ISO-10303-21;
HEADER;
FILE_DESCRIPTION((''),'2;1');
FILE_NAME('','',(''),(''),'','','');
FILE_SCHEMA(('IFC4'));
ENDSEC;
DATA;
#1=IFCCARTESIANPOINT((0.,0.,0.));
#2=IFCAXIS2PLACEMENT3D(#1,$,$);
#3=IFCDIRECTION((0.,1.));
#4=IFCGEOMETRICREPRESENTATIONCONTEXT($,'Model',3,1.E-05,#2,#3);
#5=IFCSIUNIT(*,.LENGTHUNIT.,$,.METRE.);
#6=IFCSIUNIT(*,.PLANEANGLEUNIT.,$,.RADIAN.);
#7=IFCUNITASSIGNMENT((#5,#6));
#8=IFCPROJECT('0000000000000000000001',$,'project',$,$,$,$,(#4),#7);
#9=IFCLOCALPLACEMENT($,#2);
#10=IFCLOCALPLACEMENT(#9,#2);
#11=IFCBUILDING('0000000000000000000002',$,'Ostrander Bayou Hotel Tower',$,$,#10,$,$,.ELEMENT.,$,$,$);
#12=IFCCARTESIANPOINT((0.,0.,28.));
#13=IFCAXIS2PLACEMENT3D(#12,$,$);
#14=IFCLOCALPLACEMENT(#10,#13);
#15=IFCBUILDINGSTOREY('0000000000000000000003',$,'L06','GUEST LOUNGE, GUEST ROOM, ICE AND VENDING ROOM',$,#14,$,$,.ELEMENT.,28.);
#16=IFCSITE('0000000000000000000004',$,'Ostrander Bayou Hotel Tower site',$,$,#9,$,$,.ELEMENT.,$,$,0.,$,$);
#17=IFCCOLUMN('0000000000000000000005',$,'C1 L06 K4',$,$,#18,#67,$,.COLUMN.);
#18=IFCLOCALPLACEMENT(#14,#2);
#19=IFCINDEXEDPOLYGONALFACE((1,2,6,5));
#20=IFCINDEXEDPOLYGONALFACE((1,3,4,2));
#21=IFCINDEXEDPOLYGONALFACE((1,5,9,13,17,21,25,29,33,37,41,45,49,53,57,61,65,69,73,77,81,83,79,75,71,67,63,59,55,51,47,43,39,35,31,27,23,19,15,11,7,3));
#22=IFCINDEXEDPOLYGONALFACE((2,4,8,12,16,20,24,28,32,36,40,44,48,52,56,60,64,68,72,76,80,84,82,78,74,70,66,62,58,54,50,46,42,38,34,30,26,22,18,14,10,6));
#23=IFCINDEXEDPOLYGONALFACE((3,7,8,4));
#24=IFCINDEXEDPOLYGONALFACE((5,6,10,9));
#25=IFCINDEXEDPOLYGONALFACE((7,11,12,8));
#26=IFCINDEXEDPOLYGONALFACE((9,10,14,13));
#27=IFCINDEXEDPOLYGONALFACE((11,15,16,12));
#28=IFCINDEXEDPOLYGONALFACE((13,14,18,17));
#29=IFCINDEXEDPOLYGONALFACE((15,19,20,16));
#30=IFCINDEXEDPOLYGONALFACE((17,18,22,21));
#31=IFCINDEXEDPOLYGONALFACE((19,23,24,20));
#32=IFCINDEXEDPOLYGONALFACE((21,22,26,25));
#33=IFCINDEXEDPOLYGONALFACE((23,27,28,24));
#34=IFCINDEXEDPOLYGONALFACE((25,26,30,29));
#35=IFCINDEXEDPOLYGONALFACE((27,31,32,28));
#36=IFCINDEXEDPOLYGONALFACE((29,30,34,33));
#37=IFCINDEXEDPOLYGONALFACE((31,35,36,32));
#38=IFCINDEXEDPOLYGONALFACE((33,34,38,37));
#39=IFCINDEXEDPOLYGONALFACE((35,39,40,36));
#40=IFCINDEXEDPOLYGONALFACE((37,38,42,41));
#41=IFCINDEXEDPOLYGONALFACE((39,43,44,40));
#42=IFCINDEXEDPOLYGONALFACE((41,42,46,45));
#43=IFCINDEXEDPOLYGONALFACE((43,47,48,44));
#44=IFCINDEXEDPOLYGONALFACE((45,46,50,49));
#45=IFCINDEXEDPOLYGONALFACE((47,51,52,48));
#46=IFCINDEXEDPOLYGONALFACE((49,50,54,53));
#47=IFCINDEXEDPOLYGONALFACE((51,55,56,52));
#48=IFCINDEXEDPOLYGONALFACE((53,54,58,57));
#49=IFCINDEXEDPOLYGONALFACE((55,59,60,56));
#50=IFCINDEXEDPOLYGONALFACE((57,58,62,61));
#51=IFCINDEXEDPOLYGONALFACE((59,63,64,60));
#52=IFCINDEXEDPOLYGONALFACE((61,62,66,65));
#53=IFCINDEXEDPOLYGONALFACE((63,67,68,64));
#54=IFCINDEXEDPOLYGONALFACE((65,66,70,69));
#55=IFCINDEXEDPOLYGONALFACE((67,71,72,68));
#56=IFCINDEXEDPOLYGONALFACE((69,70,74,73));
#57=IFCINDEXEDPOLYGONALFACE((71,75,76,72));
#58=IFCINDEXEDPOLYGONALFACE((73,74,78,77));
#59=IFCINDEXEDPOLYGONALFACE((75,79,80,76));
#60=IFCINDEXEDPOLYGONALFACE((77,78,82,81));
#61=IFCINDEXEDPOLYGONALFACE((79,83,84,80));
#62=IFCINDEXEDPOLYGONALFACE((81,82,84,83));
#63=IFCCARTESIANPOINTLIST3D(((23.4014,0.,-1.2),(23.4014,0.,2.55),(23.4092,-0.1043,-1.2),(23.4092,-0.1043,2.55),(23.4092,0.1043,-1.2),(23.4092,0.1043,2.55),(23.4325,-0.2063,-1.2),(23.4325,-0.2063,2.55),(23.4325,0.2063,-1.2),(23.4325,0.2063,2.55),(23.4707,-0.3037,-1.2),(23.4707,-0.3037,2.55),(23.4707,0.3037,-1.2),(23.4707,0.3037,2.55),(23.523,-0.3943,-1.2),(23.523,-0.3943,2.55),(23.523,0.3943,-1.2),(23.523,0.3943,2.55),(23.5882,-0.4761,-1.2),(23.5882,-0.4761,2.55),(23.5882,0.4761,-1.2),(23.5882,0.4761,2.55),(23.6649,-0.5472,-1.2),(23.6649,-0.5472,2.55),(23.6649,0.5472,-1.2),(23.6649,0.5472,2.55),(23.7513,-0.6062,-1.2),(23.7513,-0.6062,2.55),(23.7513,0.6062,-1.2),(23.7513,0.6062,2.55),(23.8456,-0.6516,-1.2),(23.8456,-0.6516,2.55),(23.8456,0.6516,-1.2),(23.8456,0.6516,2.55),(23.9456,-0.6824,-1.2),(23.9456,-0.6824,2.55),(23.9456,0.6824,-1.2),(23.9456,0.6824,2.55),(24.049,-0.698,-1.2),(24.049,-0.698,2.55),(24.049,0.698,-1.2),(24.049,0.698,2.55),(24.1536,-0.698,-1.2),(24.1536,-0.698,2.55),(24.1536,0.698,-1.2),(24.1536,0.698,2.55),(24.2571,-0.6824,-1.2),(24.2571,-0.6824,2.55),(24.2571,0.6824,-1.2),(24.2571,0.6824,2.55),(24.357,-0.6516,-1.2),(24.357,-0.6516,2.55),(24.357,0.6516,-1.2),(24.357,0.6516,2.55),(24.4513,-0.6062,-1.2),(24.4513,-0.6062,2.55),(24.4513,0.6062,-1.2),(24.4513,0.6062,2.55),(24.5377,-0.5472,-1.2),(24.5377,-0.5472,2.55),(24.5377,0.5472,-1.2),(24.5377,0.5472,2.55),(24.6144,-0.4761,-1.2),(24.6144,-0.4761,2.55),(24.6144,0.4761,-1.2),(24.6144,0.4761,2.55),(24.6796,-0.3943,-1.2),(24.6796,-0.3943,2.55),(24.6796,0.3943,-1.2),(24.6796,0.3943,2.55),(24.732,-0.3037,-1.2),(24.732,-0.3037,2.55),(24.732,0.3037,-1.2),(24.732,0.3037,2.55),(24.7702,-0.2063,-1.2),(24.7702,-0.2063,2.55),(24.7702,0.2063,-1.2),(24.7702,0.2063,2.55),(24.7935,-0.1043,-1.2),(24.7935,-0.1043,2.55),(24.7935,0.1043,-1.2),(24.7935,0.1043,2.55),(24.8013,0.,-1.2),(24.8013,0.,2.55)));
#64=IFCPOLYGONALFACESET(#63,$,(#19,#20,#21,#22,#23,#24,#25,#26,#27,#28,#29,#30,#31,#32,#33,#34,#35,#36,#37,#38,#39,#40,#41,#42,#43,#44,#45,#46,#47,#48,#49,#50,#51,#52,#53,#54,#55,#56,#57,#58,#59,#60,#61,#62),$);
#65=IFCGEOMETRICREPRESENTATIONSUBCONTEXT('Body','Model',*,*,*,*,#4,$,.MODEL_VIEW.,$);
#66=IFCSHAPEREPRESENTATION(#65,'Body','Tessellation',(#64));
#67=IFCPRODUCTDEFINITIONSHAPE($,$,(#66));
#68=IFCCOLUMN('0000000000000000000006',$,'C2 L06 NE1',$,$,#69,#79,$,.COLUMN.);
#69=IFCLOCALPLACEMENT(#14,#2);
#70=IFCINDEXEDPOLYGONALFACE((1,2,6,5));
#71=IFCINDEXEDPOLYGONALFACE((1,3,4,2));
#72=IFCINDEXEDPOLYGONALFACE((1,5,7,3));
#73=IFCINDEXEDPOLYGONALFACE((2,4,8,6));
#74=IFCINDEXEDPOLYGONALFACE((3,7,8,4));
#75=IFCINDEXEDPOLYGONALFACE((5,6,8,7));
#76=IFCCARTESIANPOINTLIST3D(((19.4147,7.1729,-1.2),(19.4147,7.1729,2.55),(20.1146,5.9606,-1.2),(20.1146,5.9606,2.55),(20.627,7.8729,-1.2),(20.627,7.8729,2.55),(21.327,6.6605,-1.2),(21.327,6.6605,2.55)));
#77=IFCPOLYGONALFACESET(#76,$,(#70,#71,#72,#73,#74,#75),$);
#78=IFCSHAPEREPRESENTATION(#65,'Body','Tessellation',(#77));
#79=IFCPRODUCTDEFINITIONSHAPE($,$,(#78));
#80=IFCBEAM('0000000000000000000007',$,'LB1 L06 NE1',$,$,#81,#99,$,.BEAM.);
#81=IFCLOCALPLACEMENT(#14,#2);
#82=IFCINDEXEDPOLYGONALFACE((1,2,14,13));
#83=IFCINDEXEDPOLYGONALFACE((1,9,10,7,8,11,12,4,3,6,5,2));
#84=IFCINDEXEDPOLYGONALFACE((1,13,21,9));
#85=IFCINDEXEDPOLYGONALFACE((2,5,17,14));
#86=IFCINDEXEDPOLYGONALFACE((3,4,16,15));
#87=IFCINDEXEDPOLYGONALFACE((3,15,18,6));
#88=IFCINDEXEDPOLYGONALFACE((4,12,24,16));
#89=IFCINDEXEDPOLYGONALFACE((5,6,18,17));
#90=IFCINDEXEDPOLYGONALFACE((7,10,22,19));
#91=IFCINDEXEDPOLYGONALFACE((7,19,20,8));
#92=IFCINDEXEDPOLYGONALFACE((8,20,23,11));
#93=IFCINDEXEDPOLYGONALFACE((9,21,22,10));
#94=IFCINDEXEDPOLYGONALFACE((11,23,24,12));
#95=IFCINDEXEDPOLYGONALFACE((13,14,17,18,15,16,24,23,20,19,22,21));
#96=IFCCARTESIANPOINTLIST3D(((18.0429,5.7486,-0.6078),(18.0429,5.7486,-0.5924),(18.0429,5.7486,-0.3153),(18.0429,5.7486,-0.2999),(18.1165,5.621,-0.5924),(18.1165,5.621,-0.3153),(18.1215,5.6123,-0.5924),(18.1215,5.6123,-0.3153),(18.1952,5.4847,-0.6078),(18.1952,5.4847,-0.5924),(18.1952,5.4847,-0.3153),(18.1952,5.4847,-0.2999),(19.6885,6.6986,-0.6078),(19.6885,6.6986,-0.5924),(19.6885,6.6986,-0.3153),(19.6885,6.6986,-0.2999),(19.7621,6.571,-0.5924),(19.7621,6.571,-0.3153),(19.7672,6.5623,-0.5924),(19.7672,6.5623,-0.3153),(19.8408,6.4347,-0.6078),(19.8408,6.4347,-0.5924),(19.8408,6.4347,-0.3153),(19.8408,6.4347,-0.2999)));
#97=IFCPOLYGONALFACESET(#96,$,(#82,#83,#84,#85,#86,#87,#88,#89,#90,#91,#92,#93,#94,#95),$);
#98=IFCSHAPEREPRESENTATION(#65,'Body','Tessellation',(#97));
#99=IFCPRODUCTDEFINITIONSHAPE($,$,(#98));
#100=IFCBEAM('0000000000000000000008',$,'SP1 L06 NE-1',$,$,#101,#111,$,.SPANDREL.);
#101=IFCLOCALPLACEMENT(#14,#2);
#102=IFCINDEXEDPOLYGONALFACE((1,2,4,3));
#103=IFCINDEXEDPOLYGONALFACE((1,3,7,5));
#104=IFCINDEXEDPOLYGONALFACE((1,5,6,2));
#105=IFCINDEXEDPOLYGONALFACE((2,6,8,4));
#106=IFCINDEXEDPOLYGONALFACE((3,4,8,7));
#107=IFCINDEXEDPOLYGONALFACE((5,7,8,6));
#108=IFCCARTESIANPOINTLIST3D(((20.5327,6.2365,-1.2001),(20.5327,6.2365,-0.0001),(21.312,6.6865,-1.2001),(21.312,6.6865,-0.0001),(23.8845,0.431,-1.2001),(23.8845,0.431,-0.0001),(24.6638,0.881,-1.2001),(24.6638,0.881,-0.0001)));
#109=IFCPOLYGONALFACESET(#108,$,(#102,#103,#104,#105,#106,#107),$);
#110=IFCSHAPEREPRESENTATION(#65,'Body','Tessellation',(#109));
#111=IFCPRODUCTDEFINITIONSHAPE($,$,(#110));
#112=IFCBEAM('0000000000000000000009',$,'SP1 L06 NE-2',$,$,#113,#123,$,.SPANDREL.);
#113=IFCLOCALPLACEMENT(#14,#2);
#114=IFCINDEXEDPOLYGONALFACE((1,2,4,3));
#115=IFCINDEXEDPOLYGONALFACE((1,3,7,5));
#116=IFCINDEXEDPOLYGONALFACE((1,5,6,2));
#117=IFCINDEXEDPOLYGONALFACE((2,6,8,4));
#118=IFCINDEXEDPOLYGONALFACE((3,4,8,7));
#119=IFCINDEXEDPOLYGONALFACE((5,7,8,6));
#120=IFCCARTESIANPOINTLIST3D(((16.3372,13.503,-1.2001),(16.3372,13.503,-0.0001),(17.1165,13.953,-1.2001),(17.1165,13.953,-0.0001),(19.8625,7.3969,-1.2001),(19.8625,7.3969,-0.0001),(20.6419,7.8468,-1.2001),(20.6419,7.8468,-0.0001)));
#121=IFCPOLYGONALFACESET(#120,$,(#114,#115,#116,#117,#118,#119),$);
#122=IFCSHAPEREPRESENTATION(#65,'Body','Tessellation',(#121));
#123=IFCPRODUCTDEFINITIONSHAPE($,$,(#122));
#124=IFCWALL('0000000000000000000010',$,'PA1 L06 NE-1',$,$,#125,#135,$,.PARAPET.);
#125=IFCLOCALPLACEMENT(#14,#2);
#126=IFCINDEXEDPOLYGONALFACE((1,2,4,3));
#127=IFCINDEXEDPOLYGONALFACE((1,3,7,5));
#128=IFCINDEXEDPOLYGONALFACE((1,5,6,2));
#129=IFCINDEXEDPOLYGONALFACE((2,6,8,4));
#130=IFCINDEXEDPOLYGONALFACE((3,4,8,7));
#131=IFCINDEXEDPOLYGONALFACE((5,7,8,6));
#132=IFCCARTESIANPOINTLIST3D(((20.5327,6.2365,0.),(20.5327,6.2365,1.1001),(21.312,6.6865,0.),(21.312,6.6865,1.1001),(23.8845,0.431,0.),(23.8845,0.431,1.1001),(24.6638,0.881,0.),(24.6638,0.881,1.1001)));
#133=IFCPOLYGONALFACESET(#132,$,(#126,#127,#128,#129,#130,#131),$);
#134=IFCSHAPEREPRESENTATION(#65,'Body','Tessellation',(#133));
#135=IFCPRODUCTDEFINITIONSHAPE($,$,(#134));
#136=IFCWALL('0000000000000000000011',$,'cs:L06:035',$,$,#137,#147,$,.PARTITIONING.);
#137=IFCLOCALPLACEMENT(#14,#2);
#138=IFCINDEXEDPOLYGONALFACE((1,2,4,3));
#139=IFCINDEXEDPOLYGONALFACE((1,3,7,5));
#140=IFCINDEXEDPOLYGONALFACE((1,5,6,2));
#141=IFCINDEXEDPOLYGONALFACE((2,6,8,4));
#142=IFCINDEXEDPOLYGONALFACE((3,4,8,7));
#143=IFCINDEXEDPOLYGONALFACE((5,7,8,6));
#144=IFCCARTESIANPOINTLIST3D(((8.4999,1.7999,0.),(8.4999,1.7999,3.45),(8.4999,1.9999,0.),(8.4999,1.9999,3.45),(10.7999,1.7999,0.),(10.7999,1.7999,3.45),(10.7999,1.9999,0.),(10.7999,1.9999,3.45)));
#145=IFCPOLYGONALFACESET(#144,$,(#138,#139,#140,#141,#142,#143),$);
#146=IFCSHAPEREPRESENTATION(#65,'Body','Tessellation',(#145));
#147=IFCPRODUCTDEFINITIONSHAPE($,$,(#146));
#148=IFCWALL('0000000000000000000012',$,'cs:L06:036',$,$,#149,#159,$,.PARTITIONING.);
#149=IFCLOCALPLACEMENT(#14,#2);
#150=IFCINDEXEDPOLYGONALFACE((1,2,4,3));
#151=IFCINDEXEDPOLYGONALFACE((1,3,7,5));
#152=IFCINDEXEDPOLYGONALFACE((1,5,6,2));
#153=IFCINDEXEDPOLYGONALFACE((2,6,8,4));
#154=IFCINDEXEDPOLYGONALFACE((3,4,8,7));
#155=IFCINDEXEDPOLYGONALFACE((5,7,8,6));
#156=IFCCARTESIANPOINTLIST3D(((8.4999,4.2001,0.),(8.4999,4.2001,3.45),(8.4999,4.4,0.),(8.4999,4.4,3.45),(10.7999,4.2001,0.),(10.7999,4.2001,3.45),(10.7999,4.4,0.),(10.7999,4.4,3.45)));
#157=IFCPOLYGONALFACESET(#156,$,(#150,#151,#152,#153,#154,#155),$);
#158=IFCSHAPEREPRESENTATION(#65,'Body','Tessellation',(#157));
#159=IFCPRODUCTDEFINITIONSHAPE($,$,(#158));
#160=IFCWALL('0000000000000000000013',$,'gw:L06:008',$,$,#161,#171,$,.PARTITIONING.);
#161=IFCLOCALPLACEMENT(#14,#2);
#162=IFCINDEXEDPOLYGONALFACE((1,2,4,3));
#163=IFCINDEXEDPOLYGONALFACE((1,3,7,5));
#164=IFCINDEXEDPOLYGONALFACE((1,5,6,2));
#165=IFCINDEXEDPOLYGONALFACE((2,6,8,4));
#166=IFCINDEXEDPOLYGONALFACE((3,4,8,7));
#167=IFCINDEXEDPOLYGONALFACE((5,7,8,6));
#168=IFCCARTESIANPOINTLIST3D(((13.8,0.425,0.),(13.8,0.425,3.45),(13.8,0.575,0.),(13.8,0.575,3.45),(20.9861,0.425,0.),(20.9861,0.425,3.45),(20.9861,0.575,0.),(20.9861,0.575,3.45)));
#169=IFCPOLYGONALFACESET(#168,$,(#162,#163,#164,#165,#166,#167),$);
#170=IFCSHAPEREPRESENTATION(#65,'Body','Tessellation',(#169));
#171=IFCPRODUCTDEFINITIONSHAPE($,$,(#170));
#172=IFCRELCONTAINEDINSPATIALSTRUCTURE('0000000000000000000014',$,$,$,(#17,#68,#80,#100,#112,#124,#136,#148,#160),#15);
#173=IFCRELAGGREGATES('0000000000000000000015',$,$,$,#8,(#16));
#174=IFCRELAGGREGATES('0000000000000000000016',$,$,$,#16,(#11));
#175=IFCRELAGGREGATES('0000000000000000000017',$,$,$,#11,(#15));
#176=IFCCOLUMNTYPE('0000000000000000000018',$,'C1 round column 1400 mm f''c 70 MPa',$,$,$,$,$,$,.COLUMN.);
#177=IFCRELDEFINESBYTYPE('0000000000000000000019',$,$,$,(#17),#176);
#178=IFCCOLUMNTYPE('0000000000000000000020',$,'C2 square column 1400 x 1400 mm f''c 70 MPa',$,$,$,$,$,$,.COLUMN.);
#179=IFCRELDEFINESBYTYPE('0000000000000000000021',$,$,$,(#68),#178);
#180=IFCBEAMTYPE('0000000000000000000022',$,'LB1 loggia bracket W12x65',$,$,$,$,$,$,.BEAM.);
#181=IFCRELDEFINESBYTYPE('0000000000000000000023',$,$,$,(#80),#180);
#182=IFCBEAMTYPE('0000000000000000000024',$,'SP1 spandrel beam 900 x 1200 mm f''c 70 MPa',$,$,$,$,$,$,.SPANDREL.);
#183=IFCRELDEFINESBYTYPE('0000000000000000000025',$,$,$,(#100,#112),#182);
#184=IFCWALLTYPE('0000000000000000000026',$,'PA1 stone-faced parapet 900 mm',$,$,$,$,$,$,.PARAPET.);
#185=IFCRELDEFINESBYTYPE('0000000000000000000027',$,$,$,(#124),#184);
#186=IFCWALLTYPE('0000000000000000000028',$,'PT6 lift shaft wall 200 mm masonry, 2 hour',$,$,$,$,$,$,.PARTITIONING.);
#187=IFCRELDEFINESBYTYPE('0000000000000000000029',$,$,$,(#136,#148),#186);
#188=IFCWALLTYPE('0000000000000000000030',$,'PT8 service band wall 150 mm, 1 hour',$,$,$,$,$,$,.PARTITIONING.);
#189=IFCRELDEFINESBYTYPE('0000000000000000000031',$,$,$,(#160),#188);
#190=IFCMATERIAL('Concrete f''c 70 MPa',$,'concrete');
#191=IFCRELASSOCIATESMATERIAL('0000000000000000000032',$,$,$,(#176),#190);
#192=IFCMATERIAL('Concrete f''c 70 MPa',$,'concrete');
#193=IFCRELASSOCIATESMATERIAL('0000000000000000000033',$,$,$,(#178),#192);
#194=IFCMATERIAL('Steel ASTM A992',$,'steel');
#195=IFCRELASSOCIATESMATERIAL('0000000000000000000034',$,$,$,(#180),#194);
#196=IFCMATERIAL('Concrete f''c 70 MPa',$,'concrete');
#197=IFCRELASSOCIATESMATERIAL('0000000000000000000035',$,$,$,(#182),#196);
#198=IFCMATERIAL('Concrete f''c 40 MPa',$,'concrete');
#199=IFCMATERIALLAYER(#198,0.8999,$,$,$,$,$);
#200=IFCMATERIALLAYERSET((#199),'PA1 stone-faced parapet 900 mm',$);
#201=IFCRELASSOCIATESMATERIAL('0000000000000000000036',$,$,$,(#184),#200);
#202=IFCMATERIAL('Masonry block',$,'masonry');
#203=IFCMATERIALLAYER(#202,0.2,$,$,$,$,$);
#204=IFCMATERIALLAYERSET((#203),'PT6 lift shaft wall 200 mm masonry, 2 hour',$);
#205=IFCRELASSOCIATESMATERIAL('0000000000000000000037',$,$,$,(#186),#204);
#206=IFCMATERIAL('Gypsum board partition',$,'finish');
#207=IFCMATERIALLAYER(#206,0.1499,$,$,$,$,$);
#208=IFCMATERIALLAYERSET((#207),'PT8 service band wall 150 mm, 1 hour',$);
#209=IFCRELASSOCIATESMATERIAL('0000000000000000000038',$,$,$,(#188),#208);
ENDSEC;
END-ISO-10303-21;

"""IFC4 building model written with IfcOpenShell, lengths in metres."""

from ifc_helpers import new_model, si_unit, direction, frame, frame_2d, origin, origin_2d, place, context, subcontext, project, spatial, rectangle, circle, i_section, extrude, material, layer, layer_set, material_profile, profile_set, type_object, element, save


model = new_model("IFC4")

# Units and contexts
model_context = context("Model", 3, precision=1e-05, world=origin(), true_north=direction((0.0, 1.0)))
body_context = subcontext(model_context, "Body", "Model", "MODEL_VIEW")
ifc_project = project(units=[si_unit("LENGTHUNIT", "METRE"), si_unit("PLANEANGLEUNIT", "RADIAN")], contexts=[model_context])

# Site, building, storey
site_placement = place(None, origin())
site = spatial("IfcSite", under=ifc_project, at=site_placement, Name="Ostrander Bayou Hotel Tower site", CompositionType="ELEMENT", RefElevation=0.0)
building_placement = place(site_placement, origin())
building = spatial("IfcBuilding", under=site, at=building_placement, Name="Ostrander Bayou Hotel Tower", CompositionType="ELEMENT")
storey_placement = place(building_placement, frame((0.0, 0.0, 28.0)))
storey = spatial("IfcBuildingStorey", under=building, at=storey_placement, Name="L06", Description="GUEST LOUNGE, GUEST ROOM, ICE AND VENDING ROOM", CompositionType="ELEMENT", Elevation=28.0)

# Columns
ifc_material_1 = material(Name="Concrete f'c 70 MPa", Category="concrete")
ifc_material_profile_1 = material_profile(ifc_material_1, circle(Radius=0.7, at=origin_2d()))
ifc_profile_set_1 = profile_set([ifc_material_profile_1], Name="Concrete f'c 70 MPa")
column_type_1 = type_object("IfcColumnType", Name="C1 round column 1400 mm f'c 70 MPa", PredefinedType="COLUMN", material=ifc_profile_set_1)
column_1_placement = place(storey_placement, frame((24.1013, 0.0, -1.2), z_axis=(0.0, 0.0, 1.0), x_axis=(1.0, 0.0, 0.0)))
element("IfcColumn", 1, at=column_1_placement, inside=storey, type_object=column_type_1, Name="C1 L06 K4", PredefinedType="COLUMN", context=body_context, shape_type="SweptSolid", body=[
    extrude(circle(Radius=0.7, at=origin_2d()), origin(), (0.0, 0.0, 1.0), 3.75),
])
ifc_material_2 = material(Name="Concrete f'c 70 MPa", Category="concrete")
ifc_material_profile_2 = material_profile(ifc_material_2, rectangle(XDim=1.3999, YDim=1.3999, at=origin_2d()))
ifc_profile_set_2 = profile_set([ifc_material_profile_2], Name="Concrete f'c 70 MPa")
column_type_2 = type_object("IfcColumnType", Name="C2 square column 1400 x 1400 mm f'c 70 MPa", PredefinedType="COLUMN", material=ifc_profile_set_2)
column_2_placement = place(storey_placement, frame((20.3708, 6.9167, -1.2), z_axis=(0.0, 0.0, 1.0), x_axis=(0.5, -0.866025, 0.0)))
element("IfcColumn", 2, at=column_2_placement, inside=storey, type_object=column_type_2, Name="C2 L06 NE1", PredefinedType="COLUMN", context=body_context, shape_type="SweptSolid", body=[
    extrude(rectangle(XDim=1.3999, YDim=1.3999, at=origin_2d()), origin(), (0.0, 0.0, 1.0), 3.75),
])

# Beams
ifc_material_3 = material(Name="Steel ASTM A992", Category="steel")
ifc_material_profile_3 = material_profile(ifc_material_3, i_section(OverallWidth=0.3047, OverallDepth=0.3079, WebThickness=0.01, FlangeThickness=0.0154, at=origin_2d()))
ifc_profile_set_3 = profile_set([ifc_material_profile_3], Name="Steel ASTM A992")
beam_type_1 = type_object("IfcBeamType", Name="LB1 loggia bracket W12x65", PredefinedType="BEAM", material=ifc_profile_set_3)
beam_1_placement = place(storey_placement, frame((19.7646, 6.5667, -0.4539), z_axis=(-0.866044, -0.499967, 0.0), x_axis=(0.499967, -0.866044, 0.0)))
element("IfcBeam", 3, at=beam_1_placement, inside=storey, type_object=beam_type_1, Name="LB1 L06 NE1", PredefinedType="BEAM", context=body_context, shape_type="SweptSolid", body=[
    extrude(i_section(OverallWidth=0.3047, OverallDepth=0.3079, WebThickness=0.01, FlangeThickness=0.0154, at=origin_2d()), origin(), (0.0, 0.0, 1.0), 1.9001),
])
ifc_material_4 = material(Name="Concrete f'c 70 MPa", Category="concrete")
ifc_material_profile_4 = material_profile(ifc_material_4, rectangle(XDim=0.8999, YDim=1.2, at=origin_2d()))
ifc_profile_set_4 = profile_set([ifc_material_profile_4], Name="Concrete f'c 70 MPa")
beam_type_2 = type_object("IfcBeamType", Name="SP1 spandrel beam 900 x 1200 mm f'c 70 MPa", PredefinedType="SPANDREL", material=ifc_profile_set_4)
beam_2_placement = place(storey_placement, frame((24.2742, 0.656, -0.6001), z_axis=(-0.500005, 0.866022, 0.0), x_axis=(-0.866022, -0.500005, 0.0)))
element("IfcBeam", 4, at=beam_2_placement, inside=storey, type_object=beam_type_2, Name="SP1 L06 NE-1", PredefinedType="SPANDREL", context=body_context, shape_type="SweptSolid", body=[
    extrude(rectangle(XDim=0.8999, YDim=1.2, at=origin_2d()), origin(), (0.0, 0.0, 1.0), 6.7036),
])
beam_3_placement = place(storey_placement, frame((20.2522, 7.6218, -0.6001), z_axis=(-0.499997, 0.866027, 0.0), x_axis=(-0.866027, -0.499997, 0.0)))
element("IfcBeam", 5, at=beam_3_placement, inside=storey, type_object=beam_type_2, Name="SP1 L06 NE-2", PredefinedType="SPANDREL", context=body_context, shape_type="SweptSolid", body=[
    extrude(rectangle(XDim=0.8999, YDim=1.2, at=origin_2d()), origin(), (0.0, 0.0, 1.0), 7.0508),
])

# Walls
ifc_material_5 = material(Name="Concrete f'c 40 MPa", Category="concrete")
ifc_layer_1 = layer(ifc_material_5, 0.8999)
ifc_layer_set_1 = layer_set([ifc_layer_1], Name="PA1 stone-faced parapet 900 mm")
wall_type_1 = type_object("IfcWallType", Name="PA1 stone-faced parapet 900 mm", PredefinedType="PARAPET", material=ifc_layer_set_1)
wall_1_placement = place(storey_placement, frame((24.2742, 0.656, 0.0), z_axis=(0.0, 0.0, 1.0), x_axis=(-0.500005, 0.866022, 0.0)))
element("IfcWall", 6, at=wall_1_placement, inside=storey, type_object=wall_type_1, Name="PA1 L06 NE-1", PredefinedType="PARAPET", context=body_context, shape_type="SweptSolid", body=[
    extrude(rectangle(XDim=6.7036, YDim=0.8999, at=frame_2d((3.3518, 0.0))), origin(), (0.0, 0.0, 1.0), 1.1001),
])
ifc_material_6 = material(Name="Masonry block", Category="masonry")
ifc_layer_2 = layer(ifc_material_6, 0.2)
ifc_layer_set_2 = layer_set([ifc_layer_2], Name="PT6 lift shaft wall 200 mm masonry, 2 hour")
wall_type_2 = type_object("IfcWallType", Name="PT6 lift shaft wall 200 mm masonry, 2 hour", PredefinedType="PARTITIONING", material=ifc_layer_set_2)
for number, where, z_axis, x_axis, name in (
    (7, (8.5, 1.8999, 0.0), (0.0, 0.0, 1.0), (1.0, 0.0, 0.0), "cs:L06:035"),
    (8, (8.5, 4.3, 0.0), (0.0, 0.0, 1.0), (1.0, 0.0, 0.0), "cs:L06:036"),
):
    element("IfcWall", number, at=place(storey_placement, frame(where, z_axis=z_axis, x_axis=x_axis)), inside=storey, type_object=wall_type_2, Name=name, PredefinedType="PARTITIONING", context=body_context, shape_type="SweptSolid", body=[
        extrude(rectangle(XDim=2.3, YDim=0.2, at=frame_2d((1.1499, 0.0))), origin(), (0.0, 0.0, 1.0), 3.45),
    ])
ifc_material_7 = material(Name="Gypsum board partition", Category="finish")
ifc_layer_3 = layer(ifc_material_7, 0.1499)
ifc_layer_set_3 = layer_set([ifc_layer_3], Name="PT8 service band wall 150 mm, 1 hour")
wall_type_3 = type_object("IfcWallType", Name="PT8 service band wall 150 mm, 1 hour", PredefinedType="PARTITIONING", material=ifc_layer_set_3)
wall_2_placement = place(storey_placement, frame((13.8, 0.5, 0.0), z_axis=(0.0, 0.0, 1.0), x_axis=(1.0, 0.0, 0.0)))
element("IfcWall", 9, at=wall_2_placement, inside=storey, type_object=wall_type_3, Name="gw:L06:008", PredefinedType="PARTITIONING", context=body_context, shape_type="SweptSolid", body=[
    extrude(rectangle(XDim=7.186, YDim=0.1499, at=frame_2d((3.593, 0.0))), origin(), (0.0, 0.0, 1.0), 3.45),
])

save(model, "model.ifc")
